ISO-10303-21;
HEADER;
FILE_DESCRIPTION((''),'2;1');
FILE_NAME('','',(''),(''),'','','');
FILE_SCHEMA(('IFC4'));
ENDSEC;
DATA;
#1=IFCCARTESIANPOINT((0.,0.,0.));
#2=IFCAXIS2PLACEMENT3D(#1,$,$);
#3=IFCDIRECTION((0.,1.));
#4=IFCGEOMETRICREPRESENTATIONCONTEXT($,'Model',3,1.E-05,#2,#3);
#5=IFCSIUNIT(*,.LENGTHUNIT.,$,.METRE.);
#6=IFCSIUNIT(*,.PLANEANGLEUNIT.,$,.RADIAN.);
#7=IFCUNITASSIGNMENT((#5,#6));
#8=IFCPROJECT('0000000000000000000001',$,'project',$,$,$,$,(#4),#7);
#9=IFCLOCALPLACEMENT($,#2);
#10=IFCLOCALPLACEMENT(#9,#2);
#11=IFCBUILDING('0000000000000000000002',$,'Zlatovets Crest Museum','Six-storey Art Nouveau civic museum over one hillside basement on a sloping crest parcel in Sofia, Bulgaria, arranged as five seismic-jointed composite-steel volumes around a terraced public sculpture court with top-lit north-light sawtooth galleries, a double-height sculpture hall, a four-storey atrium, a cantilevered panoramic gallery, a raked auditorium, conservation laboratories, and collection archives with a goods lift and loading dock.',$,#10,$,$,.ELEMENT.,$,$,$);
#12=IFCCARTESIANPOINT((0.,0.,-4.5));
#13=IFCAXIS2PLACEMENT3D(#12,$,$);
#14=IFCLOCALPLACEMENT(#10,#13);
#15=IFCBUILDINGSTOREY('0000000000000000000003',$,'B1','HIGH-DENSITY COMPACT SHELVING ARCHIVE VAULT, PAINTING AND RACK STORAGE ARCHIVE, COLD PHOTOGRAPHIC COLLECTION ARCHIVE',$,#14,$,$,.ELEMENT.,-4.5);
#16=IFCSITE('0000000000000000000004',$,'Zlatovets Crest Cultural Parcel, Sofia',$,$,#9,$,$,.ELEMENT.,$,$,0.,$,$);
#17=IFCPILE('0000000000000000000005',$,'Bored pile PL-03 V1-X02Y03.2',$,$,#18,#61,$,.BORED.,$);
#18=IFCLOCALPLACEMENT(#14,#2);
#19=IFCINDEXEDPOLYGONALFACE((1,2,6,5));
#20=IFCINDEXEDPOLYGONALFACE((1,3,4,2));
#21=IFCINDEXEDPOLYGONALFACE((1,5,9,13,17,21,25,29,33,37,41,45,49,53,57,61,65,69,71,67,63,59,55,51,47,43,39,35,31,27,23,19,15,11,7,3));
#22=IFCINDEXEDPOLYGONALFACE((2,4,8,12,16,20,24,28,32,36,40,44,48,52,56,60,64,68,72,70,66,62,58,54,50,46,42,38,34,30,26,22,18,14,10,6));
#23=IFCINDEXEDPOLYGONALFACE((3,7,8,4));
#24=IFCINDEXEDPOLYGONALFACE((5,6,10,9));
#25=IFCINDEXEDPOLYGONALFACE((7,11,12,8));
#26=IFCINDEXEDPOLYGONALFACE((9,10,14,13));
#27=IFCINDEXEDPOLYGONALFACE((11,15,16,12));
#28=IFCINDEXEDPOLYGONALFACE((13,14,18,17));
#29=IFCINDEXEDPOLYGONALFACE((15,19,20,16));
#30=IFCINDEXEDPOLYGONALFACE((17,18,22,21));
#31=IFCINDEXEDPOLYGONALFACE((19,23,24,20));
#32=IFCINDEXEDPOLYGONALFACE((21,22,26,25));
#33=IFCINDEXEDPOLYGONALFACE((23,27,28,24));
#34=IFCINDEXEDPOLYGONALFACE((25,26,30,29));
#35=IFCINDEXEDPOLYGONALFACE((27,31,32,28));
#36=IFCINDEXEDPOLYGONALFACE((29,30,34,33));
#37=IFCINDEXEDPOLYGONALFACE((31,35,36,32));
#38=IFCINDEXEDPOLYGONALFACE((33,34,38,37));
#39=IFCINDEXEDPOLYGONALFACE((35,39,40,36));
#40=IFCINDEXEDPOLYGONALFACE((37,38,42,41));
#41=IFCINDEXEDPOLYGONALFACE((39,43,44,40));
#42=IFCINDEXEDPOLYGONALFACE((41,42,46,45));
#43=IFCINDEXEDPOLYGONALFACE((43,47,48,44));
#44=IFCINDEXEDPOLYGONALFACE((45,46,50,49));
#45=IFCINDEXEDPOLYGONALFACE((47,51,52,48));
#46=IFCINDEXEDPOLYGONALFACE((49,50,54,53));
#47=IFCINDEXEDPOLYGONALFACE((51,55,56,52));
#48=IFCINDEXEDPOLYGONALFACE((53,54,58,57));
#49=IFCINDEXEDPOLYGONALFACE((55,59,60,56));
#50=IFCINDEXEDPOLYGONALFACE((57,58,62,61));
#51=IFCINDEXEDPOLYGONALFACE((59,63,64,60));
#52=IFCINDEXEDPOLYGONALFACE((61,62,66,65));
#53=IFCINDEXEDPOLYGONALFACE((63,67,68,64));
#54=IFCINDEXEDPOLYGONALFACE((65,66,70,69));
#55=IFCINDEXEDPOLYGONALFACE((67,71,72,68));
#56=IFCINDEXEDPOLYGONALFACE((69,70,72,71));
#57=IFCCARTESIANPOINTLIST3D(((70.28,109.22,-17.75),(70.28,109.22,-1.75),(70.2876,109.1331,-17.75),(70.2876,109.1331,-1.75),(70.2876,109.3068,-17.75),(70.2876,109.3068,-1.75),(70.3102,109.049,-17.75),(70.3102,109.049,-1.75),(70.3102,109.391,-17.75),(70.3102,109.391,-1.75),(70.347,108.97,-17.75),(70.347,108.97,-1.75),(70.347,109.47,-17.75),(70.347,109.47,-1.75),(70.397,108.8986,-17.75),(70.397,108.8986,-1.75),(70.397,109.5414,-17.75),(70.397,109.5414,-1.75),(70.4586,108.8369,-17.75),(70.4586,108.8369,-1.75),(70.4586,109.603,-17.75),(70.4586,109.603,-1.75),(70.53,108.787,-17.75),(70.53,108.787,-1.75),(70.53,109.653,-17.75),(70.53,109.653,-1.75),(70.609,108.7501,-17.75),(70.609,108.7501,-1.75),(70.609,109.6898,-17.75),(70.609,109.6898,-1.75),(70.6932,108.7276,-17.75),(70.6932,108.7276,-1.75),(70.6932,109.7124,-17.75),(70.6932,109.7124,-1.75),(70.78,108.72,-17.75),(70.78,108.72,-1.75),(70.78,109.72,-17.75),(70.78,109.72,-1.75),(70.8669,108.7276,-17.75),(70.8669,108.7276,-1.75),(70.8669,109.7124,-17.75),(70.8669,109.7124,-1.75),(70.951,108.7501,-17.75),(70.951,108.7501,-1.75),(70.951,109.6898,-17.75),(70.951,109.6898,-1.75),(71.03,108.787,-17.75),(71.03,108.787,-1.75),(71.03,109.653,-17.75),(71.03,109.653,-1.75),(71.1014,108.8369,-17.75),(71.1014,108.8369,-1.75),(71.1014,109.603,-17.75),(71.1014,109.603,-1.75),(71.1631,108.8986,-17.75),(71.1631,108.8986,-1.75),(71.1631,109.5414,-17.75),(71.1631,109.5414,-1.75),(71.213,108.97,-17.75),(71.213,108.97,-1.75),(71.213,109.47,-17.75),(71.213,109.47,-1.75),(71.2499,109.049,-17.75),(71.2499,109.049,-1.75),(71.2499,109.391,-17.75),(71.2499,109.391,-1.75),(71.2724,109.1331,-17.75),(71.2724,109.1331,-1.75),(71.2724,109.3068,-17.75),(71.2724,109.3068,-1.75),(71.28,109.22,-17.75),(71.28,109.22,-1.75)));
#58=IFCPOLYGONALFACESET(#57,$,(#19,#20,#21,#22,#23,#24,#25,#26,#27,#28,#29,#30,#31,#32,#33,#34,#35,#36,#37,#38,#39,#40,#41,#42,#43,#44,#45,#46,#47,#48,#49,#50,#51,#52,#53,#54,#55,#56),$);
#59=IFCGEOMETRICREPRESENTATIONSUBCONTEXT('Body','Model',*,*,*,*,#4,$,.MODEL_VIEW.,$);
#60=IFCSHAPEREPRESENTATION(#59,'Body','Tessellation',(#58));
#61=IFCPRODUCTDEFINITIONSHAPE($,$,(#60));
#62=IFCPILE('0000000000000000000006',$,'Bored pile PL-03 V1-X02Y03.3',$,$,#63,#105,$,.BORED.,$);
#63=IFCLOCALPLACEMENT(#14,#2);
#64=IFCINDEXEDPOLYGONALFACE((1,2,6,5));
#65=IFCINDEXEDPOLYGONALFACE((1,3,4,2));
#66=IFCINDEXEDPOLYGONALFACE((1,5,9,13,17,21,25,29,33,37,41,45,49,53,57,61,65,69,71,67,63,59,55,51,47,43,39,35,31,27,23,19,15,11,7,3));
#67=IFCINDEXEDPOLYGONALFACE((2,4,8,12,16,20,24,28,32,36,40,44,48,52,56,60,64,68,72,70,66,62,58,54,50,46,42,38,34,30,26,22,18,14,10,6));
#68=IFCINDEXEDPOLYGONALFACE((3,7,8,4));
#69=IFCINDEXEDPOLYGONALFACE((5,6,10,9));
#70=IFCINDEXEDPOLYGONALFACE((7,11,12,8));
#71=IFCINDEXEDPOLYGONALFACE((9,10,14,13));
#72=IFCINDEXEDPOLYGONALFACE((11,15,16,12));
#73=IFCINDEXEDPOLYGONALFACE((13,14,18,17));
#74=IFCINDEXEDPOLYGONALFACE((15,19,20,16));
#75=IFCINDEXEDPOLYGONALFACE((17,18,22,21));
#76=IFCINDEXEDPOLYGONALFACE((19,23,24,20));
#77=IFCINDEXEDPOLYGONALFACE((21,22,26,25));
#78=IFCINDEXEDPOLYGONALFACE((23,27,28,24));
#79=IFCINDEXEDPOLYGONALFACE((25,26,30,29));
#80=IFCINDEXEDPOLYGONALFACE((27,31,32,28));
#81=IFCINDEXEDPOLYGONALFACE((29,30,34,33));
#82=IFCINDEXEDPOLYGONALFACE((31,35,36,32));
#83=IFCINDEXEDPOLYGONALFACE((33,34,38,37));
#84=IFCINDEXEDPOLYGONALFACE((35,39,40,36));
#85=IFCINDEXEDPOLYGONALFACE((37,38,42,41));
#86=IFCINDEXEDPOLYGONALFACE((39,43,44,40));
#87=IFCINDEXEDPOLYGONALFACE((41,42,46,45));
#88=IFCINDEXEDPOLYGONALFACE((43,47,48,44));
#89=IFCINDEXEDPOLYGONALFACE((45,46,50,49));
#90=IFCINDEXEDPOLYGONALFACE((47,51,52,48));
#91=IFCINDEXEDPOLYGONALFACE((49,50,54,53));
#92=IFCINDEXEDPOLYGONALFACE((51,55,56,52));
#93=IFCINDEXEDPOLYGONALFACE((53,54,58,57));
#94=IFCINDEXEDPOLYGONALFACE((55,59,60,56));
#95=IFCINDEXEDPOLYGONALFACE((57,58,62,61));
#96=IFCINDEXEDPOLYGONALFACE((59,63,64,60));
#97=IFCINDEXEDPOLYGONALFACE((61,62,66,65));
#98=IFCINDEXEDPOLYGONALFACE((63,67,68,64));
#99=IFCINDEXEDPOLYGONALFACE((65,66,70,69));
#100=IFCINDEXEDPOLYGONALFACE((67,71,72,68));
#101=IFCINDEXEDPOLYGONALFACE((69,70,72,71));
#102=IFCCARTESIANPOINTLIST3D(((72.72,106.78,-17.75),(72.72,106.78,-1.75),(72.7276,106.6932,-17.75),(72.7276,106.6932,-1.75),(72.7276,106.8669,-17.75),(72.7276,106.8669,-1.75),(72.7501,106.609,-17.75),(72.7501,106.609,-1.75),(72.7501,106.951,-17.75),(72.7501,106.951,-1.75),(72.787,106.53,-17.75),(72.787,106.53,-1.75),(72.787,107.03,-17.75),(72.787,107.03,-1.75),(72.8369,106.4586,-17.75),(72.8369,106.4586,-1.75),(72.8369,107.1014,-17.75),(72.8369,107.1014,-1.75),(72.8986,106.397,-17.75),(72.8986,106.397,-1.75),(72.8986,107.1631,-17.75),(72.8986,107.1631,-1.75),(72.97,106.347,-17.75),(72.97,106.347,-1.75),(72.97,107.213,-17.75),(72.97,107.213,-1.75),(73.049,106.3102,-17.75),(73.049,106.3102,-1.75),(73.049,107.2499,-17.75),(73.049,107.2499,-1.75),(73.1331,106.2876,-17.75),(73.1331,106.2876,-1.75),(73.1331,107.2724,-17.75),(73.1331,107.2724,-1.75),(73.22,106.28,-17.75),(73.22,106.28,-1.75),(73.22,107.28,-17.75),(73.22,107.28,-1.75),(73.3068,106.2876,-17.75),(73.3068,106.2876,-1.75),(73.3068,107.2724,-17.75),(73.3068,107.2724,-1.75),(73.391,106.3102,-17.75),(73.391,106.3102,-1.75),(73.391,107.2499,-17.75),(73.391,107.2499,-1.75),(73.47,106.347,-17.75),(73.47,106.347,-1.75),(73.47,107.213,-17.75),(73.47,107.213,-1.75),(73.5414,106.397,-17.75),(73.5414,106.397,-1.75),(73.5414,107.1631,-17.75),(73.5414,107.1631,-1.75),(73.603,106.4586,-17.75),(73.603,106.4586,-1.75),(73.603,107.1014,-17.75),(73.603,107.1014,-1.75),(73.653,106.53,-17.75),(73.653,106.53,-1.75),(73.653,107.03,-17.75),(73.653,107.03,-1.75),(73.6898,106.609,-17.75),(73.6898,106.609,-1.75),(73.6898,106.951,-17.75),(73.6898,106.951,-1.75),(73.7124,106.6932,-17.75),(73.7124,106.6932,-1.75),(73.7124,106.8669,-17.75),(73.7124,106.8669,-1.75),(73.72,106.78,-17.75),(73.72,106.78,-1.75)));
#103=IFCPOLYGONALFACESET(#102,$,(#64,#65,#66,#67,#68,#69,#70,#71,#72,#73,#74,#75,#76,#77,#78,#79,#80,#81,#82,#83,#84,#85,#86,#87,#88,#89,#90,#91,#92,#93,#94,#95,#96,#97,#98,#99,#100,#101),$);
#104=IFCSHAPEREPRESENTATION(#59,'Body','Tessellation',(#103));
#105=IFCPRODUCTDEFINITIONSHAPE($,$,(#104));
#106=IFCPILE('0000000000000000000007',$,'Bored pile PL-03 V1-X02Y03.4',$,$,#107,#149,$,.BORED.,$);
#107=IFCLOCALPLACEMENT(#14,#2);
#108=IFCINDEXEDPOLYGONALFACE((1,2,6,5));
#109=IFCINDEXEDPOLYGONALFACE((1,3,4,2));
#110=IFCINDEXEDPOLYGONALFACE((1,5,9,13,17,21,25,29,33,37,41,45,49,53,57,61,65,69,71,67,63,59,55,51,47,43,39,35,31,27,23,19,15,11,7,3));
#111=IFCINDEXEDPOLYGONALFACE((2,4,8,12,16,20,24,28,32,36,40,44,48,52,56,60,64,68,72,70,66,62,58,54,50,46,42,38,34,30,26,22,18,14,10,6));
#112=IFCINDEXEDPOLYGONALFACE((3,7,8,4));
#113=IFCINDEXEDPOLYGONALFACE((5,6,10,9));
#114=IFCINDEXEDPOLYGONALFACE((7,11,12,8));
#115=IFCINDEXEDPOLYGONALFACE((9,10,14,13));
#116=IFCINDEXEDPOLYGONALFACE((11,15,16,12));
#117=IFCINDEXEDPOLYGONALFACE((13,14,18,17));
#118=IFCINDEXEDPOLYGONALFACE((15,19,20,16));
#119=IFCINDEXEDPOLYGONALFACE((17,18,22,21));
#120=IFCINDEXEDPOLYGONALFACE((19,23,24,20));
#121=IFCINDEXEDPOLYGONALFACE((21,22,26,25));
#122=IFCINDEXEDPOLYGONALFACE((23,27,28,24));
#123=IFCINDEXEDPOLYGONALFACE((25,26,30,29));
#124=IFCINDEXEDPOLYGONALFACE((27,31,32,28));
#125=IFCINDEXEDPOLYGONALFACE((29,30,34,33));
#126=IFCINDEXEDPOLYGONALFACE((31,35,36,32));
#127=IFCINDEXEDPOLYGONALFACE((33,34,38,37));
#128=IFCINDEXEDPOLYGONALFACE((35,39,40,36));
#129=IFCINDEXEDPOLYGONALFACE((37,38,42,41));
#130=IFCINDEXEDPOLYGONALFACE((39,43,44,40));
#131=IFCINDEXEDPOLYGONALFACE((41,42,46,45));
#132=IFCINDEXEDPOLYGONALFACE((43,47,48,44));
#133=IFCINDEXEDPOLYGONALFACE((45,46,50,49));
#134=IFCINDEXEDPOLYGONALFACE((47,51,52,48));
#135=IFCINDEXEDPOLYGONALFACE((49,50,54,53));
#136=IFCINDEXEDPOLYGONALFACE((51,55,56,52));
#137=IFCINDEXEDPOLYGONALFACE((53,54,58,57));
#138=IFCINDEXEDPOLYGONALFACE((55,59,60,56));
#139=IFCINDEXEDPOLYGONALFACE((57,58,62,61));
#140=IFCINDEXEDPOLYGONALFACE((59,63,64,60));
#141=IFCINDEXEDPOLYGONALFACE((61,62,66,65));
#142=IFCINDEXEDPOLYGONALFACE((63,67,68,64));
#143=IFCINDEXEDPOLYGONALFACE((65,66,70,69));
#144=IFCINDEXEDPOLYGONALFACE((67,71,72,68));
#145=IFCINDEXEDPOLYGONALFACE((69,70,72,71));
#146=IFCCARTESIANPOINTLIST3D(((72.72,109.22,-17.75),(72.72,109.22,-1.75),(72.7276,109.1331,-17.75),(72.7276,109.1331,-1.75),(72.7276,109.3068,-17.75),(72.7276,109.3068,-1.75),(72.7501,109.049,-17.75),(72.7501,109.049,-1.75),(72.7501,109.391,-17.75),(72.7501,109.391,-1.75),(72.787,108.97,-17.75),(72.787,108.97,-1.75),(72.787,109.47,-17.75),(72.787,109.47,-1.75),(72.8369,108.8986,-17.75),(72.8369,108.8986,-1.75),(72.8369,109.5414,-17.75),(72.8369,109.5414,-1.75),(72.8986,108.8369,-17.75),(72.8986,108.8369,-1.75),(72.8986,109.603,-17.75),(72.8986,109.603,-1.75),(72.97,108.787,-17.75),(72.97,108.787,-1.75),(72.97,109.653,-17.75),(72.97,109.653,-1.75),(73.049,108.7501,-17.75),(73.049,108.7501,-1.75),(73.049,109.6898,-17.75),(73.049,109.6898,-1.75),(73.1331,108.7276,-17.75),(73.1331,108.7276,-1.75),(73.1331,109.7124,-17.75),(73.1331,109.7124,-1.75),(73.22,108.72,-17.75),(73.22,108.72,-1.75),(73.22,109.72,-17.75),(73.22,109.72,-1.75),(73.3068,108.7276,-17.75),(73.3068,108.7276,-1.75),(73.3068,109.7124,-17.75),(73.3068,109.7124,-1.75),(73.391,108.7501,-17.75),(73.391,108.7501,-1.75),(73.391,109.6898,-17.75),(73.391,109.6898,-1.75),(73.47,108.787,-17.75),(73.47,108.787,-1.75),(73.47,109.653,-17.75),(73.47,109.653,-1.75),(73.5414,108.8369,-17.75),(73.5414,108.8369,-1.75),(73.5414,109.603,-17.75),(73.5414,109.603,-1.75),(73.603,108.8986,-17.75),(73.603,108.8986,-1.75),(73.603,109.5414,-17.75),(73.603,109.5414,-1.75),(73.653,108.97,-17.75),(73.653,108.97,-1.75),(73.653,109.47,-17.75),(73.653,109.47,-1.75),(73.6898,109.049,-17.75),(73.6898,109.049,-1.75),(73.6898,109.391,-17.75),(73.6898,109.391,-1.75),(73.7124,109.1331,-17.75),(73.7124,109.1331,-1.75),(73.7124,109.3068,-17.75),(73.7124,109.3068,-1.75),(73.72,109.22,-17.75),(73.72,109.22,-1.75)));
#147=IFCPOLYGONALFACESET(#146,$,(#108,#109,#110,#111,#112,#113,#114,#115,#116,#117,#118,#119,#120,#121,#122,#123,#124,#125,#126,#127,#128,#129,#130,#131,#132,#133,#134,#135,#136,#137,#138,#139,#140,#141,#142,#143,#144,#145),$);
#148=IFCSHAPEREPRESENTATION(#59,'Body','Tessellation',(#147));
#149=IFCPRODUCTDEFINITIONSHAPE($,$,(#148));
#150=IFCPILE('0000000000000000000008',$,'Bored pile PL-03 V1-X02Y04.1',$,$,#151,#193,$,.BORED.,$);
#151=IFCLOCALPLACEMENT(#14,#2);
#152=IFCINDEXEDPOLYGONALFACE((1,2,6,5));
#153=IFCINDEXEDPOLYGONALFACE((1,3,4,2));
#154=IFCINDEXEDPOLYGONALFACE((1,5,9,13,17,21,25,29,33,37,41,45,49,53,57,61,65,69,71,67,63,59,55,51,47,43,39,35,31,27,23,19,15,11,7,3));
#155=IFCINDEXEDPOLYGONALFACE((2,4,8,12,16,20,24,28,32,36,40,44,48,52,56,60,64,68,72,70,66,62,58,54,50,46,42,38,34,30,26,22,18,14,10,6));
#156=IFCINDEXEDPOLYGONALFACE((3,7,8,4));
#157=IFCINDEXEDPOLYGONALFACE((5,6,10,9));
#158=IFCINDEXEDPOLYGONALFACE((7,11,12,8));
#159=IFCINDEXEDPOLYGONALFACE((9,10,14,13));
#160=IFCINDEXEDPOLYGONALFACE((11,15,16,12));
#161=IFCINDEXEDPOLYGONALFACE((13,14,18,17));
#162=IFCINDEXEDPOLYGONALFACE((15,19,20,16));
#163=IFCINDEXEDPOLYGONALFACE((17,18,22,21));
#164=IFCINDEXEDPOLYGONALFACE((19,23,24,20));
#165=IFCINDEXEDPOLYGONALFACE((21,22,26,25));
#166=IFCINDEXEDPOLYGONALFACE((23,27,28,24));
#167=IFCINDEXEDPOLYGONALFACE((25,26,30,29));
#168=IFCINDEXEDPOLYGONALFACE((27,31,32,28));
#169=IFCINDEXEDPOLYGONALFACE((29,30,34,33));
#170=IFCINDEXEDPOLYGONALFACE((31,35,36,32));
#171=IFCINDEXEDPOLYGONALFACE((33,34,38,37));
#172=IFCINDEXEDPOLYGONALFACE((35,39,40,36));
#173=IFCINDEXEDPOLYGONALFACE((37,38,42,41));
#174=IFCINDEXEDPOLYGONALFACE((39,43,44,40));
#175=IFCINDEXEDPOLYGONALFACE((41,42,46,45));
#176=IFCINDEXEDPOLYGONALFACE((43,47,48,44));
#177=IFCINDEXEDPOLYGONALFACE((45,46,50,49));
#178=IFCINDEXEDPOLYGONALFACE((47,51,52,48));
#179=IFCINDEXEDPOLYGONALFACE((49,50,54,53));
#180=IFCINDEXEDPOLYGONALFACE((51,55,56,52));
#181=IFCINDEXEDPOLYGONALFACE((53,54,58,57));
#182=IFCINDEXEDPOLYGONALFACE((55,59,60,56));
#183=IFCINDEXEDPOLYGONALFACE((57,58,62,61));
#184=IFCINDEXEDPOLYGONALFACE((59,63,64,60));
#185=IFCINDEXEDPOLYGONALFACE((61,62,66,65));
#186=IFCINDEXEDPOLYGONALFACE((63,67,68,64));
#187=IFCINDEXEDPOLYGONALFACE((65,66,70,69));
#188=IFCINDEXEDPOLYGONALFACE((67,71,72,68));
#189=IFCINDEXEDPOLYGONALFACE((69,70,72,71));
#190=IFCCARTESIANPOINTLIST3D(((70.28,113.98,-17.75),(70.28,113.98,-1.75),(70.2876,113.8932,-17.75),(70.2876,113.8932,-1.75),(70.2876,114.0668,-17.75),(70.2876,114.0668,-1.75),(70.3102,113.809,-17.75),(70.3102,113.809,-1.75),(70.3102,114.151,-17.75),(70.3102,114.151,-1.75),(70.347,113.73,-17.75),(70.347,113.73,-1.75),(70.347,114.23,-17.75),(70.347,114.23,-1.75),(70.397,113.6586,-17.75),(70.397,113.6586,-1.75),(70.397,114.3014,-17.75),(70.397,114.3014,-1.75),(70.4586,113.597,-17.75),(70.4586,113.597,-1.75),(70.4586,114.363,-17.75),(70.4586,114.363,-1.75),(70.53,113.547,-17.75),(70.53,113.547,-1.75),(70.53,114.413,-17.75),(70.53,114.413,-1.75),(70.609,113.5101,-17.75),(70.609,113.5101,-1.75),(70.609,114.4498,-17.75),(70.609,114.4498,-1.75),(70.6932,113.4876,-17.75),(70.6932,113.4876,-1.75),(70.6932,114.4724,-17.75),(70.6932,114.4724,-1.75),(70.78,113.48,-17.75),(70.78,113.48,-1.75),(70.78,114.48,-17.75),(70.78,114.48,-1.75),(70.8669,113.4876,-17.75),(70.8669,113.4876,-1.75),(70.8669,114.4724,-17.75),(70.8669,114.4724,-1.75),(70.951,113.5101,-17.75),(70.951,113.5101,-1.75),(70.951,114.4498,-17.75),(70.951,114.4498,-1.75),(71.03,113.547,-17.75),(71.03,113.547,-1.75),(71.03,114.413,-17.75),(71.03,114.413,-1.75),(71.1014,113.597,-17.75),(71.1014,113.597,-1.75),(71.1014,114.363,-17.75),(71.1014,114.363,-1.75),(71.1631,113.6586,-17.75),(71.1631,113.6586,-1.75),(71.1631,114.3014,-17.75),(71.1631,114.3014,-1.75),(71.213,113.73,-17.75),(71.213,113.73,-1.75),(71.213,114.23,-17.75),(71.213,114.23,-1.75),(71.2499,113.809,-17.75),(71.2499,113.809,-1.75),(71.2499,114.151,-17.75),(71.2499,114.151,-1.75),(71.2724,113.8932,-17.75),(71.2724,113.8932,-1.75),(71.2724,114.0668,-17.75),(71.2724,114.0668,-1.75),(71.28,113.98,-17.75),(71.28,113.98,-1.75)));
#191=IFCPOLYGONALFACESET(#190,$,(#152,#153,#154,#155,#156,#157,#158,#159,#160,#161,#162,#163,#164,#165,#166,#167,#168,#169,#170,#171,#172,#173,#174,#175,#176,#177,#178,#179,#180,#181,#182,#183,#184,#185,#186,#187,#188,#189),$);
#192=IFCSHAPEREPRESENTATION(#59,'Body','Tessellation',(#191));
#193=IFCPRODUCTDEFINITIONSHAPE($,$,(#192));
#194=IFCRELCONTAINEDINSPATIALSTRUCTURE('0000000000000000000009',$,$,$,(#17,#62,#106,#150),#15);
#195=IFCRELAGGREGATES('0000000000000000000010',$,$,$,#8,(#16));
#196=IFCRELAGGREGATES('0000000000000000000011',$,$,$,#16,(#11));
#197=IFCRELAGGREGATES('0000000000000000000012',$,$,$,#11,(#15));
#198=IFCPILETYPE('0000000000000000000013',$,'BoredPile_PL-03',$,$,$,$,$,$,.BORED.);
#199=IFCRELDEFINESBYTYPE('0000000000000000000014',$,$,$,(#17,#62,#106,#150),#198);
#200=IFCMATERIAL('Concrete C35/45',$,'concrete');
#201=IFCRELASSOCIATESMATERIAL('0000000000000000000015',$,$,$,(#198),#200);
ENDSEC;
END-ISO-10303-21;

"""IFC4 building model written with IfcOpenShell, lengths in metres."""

from ifc_helpers import new_model, si_unit, direction, frame, origin, origin_2d, place, context, subcontext, project, spatial, circle, extrude, material, material_profile, profile_set, type_object, element, save


model = new_model("IFC4")

# Units and contexts
model_context = context("Model", 3, precision=1e-05, world=origin(), true_north=direction((0.0, 1.0)))
body_context = subcontext(model_context, "Body", "Model", "MODEL_VIEW")
ifc_project = project(units=[si_unit("LENGTHUNIT", "METRE"), si_unit("PLANEANGLEUNIT", "RADIAN")], contexts=[model_context])

# Site, building, storey
site_placement = place(None, origin())
site = spatial("IfcSite", under=ifc_project, at=site_placement, Name="Zlatovets Crest Cultural Parcel, Sofia", CompositionType="ELEMENT", RefElevation=0.0)
building_placement = place(site_placement, origin())
building = spatial("IfcBuilding", under=site, at=building_placement, Name="Zlatovets Crest Museum", Description="Six-storey Art Nouveau civic museum over one hillside basement on a sloping crest parcel in Sofia, Bulgaria, arranged as five seismic-jointed composite-steel volumes around a terraced public sculpture court with top-lit north-light sawtooth galleries, a double-height sculpture hall, a four-storey atrium, a cantilevered panoramic gallery, a raked auditorium, conservation laboratories, and collection archives with a goods lift and loading dock.", CompositionType="ELEMENT")
storey_placement = place(building_placement, frame((0.0, 0.0, -4.5)))
storey = spatial("IfcBuildingStorey", under=building, at=storey_placement, Name="B1", Description="HIGH-DENSITY COMPACT SHELVING ARCHIVE VAULT, PAINTING AND RACK STORAGE ARCHIVE, COLD PHOTOGRAPHIC COLLECTION ARCHIVE", CompositionType="ELEMENT", Elevation=-4.5)

# Piles
ifc_material = material(Name="Concrete C35/45", Category="concrete")
ifc_material_profile_1 = material_profile(ifc_material, circle(Radius=0.5, at=origin_2d()), Name="PILE D1000")
ifc_profile_set_1 = profile_set([ifc_material_profile_1], Name="Concrete C35/45")
pile_type = type_object("IfcPileType", Name="BoredPile_PL-03", PredefinedType="BORED", material=ifc_profile_set_1)
for number, where, z_axis, x_axis, name in (
    (1, (70.78, 109.22, -1.75), (0.0, 0.0, -1.0), (1.0, 0.0, 0.0), "Bored pile PL-03 V1-X02Y03.2"),
    (2, (73.22, 106.78, -1.75), (0.0, 0.0, -1.0), (1.0, 0.0, 0.0), "Bored pile PL-03 V1-X02Y03.3"),
    (3, (73.22, 109.22, -1.75), (0.0, 0.0, -1.0), (1.0, 0.0, 0.0), "Bored pile PL-03 V1-X02Y03.4"),
    (4, (70.78, 113.98, -1.75), (0.0, 0.0, -1.0), (1.0, 0.0, 0.0), "Bored pile PL-03 V1-X02Y04.1"),
):
    element("IfcPile", number, at=place(storey_placement, frame(where, z_axis=z_axis, x_axis=x_axis)), inside=storey, type_object=pile_type, Name=name, PredefinedType="BORED", context=body_context, shape_type="SweptSolid", body=[
        extrude(circle(Radius=0.5, at=origin_2d()), origin(), (0.0, 0.0, 1.0), 16.0),
    ])

save(model, "model.ifc")
